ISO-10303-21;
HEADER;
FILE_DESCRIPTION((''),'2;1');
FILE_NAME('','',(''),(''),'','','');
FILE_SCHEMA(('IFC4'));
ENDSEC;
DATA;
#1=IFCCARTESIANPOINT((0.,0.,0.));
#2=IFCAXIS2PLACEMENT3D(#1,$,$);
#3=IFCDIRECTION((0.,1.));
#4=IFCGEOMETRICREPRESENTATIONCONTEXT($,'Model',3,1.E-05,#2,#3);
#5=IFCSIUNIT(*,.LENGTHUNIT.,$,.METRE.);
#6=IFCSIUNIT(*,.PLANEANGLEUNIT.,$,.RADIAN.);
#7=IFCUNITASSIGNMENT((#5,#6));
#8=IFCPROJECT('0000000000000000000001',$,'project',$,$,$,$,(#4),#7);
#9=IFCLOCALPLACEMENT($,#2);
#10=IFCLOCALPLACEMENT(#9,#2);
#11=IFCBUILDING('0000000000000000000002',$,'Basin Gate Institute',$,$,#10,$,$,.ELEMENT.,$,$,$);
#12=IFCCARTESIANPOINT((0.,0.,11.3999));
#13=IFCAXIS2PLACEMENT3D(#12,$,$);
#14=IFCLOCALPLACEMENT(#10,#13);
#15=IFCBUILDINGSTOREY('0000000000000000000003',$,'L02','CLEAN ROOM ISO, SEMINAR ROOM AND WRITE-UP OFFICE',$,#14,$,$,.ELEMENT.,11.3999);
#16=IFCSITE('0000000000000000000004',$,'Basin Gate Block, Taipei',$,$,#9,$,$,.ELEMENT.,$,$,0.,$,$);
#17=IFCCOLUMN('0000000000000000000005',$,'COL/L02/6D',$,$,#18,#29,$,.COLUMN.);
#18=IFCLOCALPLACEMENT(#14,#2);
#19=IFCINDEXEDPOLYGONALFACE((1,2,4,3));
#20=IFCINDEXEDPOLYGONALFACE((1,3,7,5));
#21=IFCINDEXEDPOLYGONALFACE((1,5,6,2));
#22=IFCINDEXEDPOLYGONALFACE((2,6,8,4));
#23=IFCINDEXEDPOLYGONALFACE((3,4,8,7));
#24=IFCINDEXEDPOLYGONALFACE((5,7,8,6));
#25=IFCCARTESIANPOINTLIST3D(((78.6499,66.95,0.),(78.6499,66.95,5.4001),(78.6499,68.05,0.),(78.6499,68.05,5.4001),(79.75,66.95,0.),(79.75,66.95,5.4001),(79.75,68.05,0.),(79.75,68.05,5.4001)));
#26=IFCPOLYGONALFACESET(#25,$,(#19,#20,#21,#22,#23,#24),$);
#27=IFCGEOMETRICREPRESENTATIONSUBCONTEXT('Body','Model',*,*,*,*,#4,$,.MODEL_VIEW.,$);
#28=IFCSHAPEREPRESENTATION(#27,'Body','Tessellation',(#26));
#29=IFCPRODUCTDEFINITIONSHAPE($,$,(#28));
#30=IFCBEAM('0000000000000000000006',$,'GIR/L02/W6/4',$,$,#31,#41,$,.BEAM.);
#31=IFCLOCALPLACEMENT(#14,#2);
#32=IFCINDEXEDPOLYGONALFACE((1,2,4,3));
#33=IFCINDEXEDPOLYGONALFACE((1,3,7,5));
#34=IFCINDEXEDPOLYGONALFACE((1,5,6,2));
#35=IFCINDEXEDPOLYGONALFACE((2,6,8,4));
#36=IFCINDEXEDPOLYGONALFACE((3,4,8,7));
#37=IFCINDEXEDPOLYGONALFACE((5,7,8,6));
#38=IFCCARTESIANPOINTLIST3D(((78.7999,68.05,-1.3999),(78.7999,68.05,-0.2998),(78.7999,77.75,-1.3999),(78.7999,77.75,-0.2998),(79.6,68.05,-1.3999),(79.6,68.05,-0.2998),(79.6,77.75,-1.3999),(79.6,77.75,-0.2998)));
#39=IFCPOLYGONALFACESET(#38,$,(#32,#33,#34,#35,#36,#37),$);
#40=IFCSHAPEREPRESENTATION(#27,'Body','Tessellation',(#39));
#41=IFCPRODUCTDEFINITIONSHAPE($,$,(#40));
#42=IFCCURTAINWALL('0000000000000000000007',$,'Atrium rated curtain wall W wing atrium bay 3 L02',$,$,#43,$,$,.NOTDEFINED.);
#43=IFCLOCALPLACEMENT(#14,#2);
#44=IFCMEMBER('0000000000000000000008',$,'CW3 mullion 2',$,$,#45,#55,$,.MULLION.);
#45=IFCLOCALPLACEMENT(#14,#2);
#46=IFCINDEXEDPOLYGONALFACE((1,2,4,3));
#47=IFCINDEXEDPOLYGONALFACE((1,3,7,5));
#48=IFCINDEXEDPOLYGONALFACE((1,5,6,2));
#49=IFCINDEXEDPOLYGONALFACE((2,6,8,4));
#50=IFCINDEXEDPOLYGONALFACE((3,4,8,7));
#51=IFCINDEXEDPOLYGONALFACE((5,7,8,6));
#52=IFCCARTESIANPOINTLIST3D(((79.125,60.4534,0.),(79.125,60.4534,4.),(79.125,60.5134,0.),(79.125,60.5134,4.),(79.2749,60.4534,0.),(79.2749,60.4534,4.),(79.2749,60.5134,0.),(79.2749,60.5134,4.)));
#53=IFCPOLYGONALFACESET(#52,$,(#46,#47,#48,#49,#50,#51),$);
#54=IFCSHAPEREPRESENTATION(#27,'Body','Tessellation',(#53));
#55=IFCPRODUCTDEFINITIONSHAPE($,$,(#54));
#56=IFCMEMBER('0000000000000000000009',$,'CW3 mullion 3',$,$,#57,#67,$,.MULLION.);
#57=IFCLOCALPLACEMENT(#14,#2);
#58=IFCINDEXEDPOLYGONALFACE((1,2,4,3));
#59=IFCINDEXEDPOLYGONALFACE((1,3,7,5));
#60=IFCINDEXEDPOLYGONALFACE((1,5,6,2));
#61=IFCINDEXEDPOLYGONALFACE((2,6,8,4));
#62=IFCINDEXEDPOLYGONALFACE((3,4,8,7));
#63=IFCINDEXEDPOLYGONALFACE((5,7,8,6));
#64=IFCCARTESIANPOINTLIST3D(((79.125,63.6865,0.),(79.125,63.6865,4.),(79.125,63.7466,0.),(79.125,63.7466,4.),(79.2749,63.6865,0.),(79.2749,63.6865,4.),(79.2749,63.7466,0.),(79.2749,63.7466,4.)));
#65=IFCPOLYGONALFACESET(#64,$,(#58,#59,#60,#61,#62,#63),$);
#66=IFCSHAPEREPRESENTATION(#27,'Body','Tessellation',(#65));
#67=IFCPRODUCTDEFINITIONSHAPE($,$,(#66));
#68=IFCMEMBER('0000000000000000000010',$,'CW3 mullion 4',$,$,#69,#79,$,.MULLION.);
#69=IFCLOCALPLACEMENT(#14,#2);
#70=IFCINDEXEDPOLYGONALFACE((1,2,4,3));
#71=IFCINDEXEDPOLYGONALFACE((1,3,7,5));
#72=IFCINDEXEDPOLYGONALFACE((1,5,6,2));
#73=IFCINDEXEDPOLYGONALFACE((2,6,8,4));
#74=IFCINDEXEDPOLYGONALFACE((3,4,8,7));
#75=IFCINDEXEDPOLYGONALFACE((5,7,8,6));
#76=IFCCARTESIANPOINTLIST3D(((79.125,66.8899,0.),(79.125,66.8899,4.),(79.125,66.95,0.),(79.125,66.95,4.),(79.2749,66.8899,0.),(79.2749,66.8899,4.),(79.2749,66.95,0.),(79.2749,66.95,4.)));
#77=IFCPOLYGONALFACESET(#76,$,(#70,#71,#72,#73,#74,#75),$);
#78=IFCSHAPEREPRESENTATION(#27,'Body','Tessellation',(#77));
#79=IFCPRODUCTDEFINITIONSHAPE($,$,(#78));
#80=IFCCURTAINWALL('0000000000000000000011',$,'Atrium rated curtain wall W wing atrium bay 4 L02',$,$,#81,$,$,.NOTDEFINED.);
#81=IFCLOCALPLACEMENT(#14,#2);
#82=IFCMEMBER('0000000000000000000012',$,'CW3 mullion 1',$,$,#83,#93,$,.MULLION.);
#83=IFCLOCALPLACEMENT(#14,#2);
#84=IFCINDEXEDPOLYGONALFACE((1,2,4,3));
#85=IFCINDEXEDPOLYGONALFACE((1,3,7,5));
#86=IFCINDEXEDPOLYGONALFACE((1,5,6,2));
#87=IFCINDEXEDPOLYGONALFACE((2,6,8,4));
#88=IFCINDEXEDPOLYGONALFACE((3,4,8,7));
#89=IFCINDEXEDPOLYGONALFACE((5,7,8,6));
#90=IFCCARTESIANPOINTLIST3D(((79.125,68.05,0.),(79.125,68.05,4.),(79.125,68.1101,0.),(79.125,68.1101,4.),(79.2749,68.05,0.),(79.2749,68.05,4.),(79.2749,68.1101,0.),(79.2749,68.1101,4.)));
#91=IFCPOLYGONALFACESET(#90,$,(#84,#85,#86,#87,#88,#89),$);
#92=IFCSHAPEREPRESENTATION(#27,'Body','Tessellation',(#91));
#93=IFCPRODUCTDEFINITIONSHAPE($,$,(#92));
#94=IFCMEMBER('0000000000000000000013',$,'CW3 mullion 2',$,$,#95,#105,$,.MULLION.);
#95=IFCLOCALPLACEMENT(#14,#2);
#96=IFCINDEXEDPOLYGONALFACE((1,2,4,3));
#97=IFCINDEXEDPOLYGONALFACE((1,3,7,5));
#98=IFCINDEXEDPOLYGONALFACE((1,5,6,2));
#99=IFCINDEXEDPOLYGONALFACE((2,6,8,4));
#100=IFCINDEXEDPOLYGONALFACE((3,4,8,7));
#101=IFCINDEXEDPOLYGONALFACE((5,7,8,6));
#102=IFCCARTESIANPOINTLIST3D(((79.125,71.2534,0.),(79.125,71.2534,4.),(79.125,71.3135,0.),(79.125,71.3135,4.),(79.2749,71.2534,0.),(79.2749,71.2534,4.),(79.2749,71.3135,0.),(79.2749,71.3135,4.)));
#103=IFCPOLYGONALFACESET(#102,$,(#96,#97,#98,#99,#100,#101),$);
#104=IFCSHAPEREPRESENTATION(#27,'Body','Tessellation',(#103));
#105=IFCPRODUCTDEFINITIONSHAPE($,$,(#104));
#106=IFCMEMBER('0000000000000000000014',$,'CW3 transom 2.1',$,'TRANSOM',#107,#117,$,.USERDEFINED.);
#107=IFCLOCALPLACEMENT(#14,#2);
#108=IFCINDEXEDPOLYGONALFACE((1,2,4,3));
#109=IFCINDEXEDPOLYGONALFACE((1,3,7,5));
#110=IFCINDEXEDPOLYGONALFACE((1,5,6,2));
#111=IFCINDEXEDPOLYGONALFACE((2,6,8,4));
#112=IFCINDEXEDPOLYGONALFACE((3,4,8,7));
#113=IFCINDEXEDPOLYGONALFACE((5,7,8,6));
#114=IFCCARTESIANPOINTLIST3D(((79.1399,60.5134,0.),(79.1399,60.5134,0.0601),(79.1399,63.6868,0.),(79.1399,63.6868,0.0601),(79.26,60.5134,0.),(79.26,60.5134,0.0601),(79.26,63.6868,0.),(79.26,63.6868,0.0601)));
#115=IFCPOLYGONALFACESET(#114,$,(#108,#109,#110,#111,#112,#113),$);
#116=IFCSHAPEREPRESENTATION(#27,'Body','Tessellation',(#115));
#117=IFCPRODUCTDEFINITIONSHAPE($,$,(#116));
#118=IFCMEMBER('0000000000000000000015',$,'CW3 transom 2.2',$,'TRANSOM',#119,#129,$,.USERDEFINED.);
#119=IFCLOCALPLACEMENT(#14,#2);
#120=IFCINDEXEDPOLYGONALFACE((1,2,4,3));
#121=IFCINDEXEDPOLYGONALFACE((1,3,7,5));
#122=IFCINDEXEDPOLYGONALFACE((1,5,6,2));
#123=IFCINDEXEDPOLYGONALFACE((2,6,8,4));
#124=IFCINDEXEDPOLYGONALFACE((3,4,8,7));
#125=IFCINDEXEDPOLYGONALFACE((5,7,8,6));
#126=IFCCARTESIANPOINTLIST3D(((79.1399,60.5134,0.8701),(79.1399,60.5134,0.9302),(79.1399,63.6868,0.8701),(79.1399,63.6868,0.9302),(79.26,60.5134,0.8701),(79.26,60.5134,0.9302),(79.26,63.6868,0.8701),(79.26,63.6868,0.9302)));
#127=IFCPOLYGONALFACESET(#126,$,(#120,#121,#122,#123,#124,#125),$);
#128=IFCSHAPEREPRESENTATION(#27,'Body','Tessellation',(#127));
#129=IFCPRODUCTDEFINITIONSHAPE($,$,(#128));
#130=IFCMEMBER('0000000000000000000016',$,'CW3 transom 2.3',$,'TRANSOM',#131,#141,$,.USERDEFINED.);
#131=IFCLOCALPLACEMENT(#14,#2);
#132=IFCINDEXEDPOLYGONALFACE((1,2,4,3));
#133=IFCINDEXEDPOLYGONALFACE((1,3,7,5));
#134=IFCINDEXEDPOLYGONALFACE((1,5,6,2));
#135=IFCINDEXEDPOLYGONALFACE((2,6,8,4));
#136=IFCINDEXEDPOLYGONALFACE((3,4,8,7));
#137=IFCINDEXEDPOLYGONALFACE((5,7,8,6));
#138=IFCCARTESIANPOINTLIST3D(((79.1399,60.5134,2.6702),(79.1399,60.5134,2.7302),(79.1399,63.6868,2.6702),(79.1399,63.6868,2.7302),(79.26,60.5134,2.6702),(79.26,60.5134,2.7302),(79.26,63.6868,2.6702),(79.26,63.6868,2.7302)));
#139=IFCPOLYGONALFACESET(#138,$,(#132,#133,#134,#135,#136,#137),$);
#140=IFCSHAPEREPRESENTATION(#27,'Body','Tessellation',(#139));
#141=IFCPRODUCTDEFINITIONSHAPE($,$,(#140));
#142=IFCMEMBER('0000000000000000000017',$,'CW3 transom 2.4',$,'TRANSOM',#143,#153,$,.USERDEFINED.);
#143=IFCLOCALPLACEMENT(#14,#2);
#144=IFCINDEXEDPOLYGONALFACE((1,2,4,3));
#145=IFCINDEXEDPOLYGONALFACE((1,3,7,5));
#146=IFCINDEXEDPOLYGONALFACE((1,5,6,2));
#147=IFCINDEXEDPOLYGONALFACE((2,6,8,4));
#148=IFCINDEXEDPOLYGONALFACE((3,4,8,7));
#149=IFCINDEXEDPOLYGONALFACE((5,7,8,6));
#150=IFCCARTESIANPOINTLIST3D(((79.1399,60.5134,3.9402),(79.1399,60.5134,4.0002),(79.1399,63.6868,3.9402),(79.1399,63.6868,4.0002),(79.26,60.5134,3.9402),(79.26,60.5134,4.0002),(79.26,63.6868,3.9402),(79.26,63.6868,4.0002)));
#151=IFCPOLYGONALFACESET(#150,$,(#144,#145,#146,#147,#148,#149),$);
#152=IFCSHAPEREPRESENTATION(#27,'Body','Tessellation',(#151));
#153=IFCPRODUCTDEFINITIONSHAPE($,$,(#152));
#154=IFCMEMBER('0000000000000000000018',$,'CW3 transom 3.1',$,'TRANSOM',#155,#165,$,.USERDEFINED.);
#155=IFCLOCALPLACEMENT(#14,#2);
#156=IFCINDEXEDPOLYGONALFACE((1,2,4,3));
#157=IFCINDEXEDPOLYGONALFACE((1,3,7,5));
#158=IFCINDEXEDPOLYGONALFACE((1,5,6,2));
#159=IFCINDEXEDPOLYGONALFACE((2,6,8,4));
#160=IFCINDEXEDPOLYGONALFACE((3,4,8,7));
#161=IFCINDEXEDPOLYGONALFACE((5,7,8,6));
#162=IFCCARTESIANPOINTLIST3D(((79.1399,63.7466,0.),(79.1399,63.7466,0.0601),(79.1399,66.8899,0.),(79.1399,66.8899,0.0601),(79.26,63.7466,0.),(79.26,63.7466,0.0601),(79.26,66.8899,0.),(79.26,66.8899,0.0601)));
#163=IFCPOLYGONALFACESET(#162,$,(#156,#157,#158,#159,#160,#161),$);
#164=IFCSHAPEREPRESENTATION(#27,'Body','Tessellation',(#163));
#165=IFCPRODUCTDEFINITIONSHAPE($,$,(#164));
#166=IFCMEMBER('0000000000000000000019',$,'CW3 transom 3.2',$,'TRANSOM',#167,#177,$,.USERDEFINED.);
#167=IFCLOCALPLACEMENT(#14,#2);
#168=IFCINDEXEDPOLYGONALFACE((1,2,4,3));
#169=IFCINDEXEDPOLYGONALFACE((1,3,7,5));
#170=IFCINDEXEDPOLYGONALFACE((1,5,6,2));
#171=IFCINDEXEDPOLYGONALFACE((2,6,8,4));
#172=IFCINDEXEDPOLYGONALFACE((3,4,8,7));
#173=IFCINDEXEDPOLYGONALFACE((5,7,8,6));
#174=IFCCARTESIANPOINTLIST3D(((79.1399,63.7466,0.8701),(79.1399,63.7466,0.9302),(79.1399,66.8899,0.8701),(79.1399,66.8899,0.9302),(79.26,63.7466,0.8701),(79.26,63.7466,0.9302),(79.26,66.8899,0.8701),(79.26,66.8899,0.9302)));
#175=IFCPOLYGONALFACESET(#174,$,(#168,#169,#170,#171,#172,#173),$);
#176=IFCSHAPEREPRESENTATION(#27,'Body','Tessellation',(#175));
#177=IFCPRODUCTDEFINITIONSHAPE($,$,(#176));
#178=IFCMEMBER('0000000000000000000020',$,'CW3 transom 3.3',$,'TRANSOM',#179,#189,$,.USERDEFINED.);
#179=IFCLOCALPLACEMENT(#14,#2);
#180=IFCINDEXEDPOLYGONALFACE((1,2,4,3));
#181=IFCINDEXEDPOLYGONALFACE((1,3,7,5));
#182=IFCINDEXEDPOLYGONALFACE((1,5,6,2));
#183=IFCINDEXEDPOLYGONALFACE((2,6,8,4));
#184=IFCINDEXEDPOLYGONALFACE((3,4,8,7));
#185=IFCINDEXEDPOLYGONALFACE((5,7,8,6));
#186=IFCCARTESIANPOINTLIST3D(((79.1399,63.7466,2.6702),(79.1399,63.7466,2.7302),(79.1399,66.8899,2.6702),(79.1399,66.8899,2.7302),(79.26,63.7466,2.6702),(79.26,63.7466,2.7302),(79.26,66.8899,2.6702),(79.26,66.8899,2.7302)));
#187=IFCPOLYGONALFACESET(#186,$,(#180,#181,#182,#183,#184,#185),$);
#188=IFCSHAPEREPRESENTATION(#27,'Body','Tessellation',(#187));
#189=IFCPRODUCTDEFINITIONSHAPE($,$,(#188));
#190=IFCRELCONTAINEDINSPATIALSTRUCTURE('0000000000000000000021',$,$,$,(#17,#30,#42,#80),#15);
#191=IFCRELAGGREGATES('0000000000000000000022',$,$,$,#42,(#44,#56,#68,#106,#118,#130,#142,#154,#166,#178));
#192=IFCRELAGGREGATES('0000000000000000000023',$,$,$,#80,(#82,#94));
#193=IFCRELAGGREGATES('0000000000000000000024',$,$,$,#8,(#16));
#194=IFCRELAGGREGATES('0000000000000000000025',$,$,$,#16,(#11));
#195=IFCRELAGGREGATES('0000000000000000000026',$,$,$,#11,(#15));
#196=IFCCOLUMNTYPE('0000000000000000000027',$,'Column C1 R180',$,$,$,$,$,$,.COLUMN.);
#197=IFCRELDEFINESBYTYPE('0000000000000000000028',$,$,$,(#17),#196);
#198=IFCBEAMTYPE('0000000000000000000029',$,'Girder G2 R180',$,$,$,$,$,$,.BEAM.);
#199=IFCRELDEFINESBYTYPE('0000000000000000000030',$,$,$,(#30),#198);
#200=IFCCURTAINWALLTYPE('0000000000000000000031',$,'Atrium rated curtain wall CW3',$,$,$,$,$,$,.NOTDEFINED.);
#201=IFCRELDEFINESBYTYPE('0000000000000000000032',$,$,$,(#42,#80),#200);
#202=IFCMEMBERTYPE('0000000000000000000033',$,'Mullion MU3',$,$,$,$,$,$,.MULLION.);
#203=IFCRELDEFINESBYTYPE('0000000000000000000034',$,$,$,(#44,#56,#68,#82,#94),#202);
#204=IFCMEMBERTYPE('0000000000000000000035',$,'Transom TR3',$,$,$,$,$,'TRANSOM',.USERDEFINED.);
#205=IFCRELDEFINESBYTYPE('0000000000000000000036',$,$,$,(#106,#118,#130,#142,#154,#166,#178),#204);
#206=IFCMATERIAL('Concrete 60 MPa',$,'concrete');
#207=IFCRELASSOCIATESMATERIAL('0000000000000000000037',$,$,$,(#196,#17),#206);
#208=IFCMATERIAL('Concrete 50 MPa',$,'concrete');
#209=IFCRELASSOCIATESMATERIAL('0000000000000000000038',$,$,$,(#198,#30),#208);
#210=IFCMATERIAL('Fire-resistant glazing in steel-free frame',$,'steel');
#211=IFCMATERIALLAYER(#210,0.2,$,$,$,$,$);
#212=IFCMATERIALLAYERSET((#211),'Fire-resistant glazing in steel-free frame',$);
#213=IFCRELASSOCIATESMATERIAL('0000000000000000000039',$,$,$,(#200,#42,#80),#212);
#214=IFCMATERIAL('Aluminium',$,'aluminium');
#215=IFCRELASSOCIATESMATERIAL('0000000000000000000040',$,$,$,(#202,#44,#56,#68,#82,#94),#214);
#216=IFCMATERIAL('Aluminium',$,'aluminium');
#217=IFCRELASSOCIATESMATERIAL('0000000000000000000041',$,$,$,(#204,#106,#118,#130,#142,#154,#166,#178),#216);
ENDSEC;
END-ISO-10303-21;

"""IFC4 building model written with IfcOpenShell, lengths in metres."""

from ifc_helpers import new_model, si_unit, direction, frame, origin, origin_2d, place, context, subcontext, project, spatial, rectangle, extrude, material, layer, layer_set, material_profile, profile_set, type_object, element, aggregate, save


model = new_model("IFC4")

# Units and contexts
model_context = context("Model", 3, precision=1e-05, world=origin(), true_north=direction((0.0, 1.0)))
body_context = subcontext(model_context, "Body", "Model", "MODEL_VIEW")
ifc_project = project(units=[si_unit("LENGTHUNIT", "METRE"), si_unit("PLANEANGLEUNIT", "RADIAN")], contexts=[model_context])

# Site, building, storey
site_placement = place(None, origin())
site = spatial("IfcSite", under=ifc_project, at=site_placement, Name="Basin Gate Block, Taipei", CompositionType="ELEMENT", RefElevation=0.0)
building_placement = place(site_placement, origin())
building = spatial("IfcBuilding", under=site, at=building_placement, Name="Basin Gate Institute", CompositionType="ELEMENT")
storey_placement = place(building_placement, frame((0.0, 0.0, 11.3999)))
storey = spatial("IfcBuildingStorey", under=building, at=storey_placement, Name="L02", Description="CLEAN ROOM ISO, SEMINAR ROOM AND WRITE-UP OFFICE", CompositionType="ELEMENT", Elevation=11.3999)

# Column
ifc_material_1 = material(Name="Concrete 60 MPa", Category="concrete")
ifc_material_profile_1 = material_profile(ifc_material_1, rectangle(XDim=1.1001, YDim=1.1001, at=origin_2d()), Name="Column C1 1100 x 1100")
ifc_profile_set_1 = profile_set([ifc_material_profile_1], Name="Concrete 60 MPa")
column_type = type_object("IfcColumnType", Name="Column C1 R180", PredefinedType="COLUMN", material=ifc_profile_set_1)
column_placement = place(storey_placement, frame((79.2, 67.5, 0.0), z_axis=(0.0, 0.0, 1.0), x_axis=(1.0, 0.0, 0.0)))
element("IfcColumn", 1, at=column_placement, inside=storey, type_object=column_type, material=ifc_profile_set_1, Name="COL/L02/6D", PredefinedType="COLUMN", context=body_context, shape_type="SweptSolid", body=[
    extrude(rectangle(XDim=1.1001, YDim=1.1001, at=origin_2d()), origin(), (0.0, 0.0, 1.0), 5.4001),
])

# Beam
ifc_material_2 = material(Name="Concrete 50 MPa", Category="concrete")
ifc_material_profile_2 = material_profile(ifc_material_2, rectangle(XDim=0.8, YDim=1.1001, at=origin_2d()), Name="Girder G2 800 x 1100")
ifc_profile_set_2 = profile_set([ifc_material_profile_2], Name="Concrete 50 MPa")
beam_type = type_object("IfcBeamType", Name="Girder G2 R180", PredefinedType="BEAM", material=ifc_profile_set_2)
beam_placement = place(storey_placement, frame((79.2, 68.05, -0.8499), z_axis=(0.0, 1.0, 0.0), x_axis=(-1.0, 0.0, 0.0)))
element("IfcBeam", 2, at=beam_placement, inside=storey, type_object=beam_type, material=ifc_profile_set_2, Name="GIR/L02/W6/4", PredefinedType="BEAM", context=body_context, shape_type="SweptSolid", body=[
    extrude(rectangle(XDim=0.8, YDim=1.1001, at=origin_2d()), origin(), (0.0, 0.0, 1.0), 9.7),
])

# Curtain walls, members
ifc_material_3 = material(Name="Fire-resistant glazing in steel-free frame", Category="steel")
ifc_layer_1 = layer(ifc_material_3, 0.2)
ifc_layer_set_1 = layer_set([ifc_layer_1], Name="Fire-resistant glazing in steel-free frame")
curtain_wall_type = type_object("IfcCurtainWallType", Name="Atrium rated curtain wall CW3", PredefinedType="NOTDEFINED", material=ifc_layer_set_1)
curtain_wall_1_placement = place(storey_placement, origin())
curtain_wall_1 = element("IfcCurtainWall", 3, at=curtain_wall_1_placement, inside=storey, type_object=curtain_wall_type, material=ifc_layer_set_1, Name="Atrium rated curtain wall W wing atrium bay 3 L02", PredefinedType="NOTDEFINED")
ifc_material_4 = material(Name="Aluminium", Category="aluminium")
ifc_material_profile_3 = material_profile(ifc_material_4, rectangle(XDim=0.1499, YDim=0.0601, at=origin_2d()), Name="Mullion MU3 150 x 60")
ifc_profile_set_3 = profile_set([ifc_material_profile_3], Name="Aluminium")
member_type_1 = type_object("IfcMemberType", Name="Mullion MU3", PredefinedType="MULLION", material=ifc_profile_set_3)
member_1_placement = place(storey_placement, frame((79.2, 60.4834, 0.0), z_axis=(0.0, 0.0, 1.0), x_axis=(-1.0, 0.0, 0.0)))
member_1 = element("IfcMember", 4, at=member_1_placement, type_object=member_type_1, material=ifc_profile_set_3, Name="CW3 mullion 2", PredefinedType="MULLION", context=body_context, shape_type="SweptSolid", body=[
    extrude(rectangle(XDim=0.1499, YDim=0.0601, at=origin_2d()), origin(), (0.0, 0.0, 1.0), 4.0),
])
member_2_placement = place(storey_placement, frame((79.2, 63.7166, 0.0), z_axis=(0.0, 0.0, 1.0), x_axis=(-1.0, 0.0, 0.0)))
member_2 = element("IfcMember", 5, at=member_2_placement, type_object=member_type_1, material=ifc_profile_set_3, Name="CW3 mullion 3", PredefinedType="MULLION", context=body_context, shape_type="SweptSolid", body=[
    extrude(rectangle(XDim=0.1499, YDim=0.0601, at=origin_2d()), origin(), (0.0, 0.0, 1.0), 4.0),
])
member_3_placement = place(storey_placement, frame((79.2, 66.9199, 0.0), z_axis=(0.0, 0.0, 1.0), x_axis=(-1.0, 0.0, 0.0)))
member_3 = element("IfcMember", 6, at=member_3_placement, type_object=member_type_1, material=ifc_profile_set_3, Name="CW3 mullion 4", PredefinedType="MULLION", context=body_context, shape_type="SweptSolid", body=[
    extrude(rectangle(XDim=0.1499, YDim=0.0601, at=origin_2d()), origin(), (0.0, 0.0, 1.0), 4.0),
])
curtain_wall_2_placement = place(storey_placement, origin())
curtain_wall_2 = element("IfcCurtainWall", 7, at=curtain_wall_2_placement, inside=storey, type_object=curtain_wall_type, material=ifc_layer_set_1, Name="Atrium rated curtain wall W wing atrium bay 4 L02", PredefinedType="NOTDEFINED")
member_4_placement = place(storey_placement, frame((79.2, 68.0801, 0.0), z_axis=(0.0, 0.0, 1.0), x_axis=(-1.0, 0.0, 0.0)))
member_4 = element("IfcMember", 8, at=member_4_placement, type_object=member_type_1, material=ifc_profile_set_3, Name="CW3 mullion 1", PredefinedType="MULLION", context=body_context, shape_type="SweptSolid", body=[
    extrude(rectangle(XDim=0.1499, YDim=0.0601, at=origin_2d()), origin(), (0.0, 0.0, 1.0), 4.0),
])
member_5_placement = place(storey_placement, frame((79.2, 71.2834, 0.0), z_axis=(0.0, 0.0, 1.0), x_axis=(-1.0, 0.0, 0.0)))
member_5 = element("IfcMember", 9, at=member_5_placement, type_object=member_type_1, material=ifc_profile_set_3, Name="CW3 mullion 2", PredefinedType="MULLION", context=body_context, shape_type="SweptSolid", body=[
    extrude(rectangle(XDim=0.1499, YDim=0.0601, at=origin_2d()), origin(), (0.0, 0.0, 1.0), 4.0),
])

# Members
ifc_material_5 = material(Name="Aluminium", Category="aluminium")
ifc_material_profile_4 = material_profile(ifc_material_5, rectangle(XDim=0.1201, YDim=0.0601, at=origin_2d()), Name="Transom TR3 120 x 60")
ifc_profile_set_4 = profile_set([ifc_material_profile_4], Name="Aluminium")
member_type_2 = type_object("IfcMemberType", Name="Transom TR3", ElementType="TRANSOM", PredefinedType="USERDEFINED", material=ifc_profile_set_4)
member_6_placement = place(storey_placement, frame((79.2, 60.5134, 0.03), z_axis=(0.0, 1.0, 0.0), x_axis=(-1.0, 0.0, 0.0)))
member_6 = element("IfcMember", 10, at=member_6_placement, type_object=member_type_2, material=ifc_profile_set_4, Name="CW3 transom 2.1", ObjectType="TRANSOM", PredefinedType="USERDEFINED", context=body_context, shape_type="SweptSolid", body=[
    extrude(rectangle(XDim=0.1201, YDim=0.0601, at=origin_2d()), origin(), (0.0, 0.0, 1.0), 3.1733),
])
member_7_placement = place(storey_placement, frame((79.2, 60.5134, 0.9001), z_axis=(0.0, 1.0, 0.0), x_axis=(-1.0, 0.0, 0.0)))
member_7 = element("IfcMember", 11, at=member_7_placement, type_object=member_type_2, material=ifc_profile_set_4, Name="CW3 transom 2.2", ObjectType="TRANSOM", PredefinedType="USERDEFINED", context=body_context, shape_type="SweptSolid", body=[
    extrude(rectangle(XDim=0.1201, YDim=0.0601, at=origin_2d()), origin(), (0.0, 0.0, 1.0), 3.1733),
])
member_8_placement = place(storey_placement, frame((79.2, 60.5134, 2.7002), z_axis=(0.0, 1.0, 0.0), x_axis=(-1.0, 0.0, 0.0)))
member_8 = element("IfcMember", 12, at=member_8_placement, type_object=member_type_2, material=ifc_profile_set_4, Name="CW3 transom 2.3", ObjectType="TRANSOM", PredefinedType="USERDEFINED", context=body_context, shape_type="SweptSolid", body=[
    extrude(rectangle(XDim=0.1201, YDim=0.0601, at=origin_2d()), origin(), (0.0, 0.0, 1.0), 3.1733),
])
member_9_placement = place(storey_placement, frame((79.2, 60.5134, 3.9702), z_axis=(0.0, 1.0, 0.0), x_axis=(-1.0, 0.0, 0.0)))
member_9 = element("IfcMember", 13, at=member_9_placement, type_object=member_type_2, material=ifc_profile_set_4, Name="CW3 transom 2.4", ObjectType="TRANSOM", PredefinedType="USERDEFINED", context=body_context, shape_type="SweptSolid", body=[
    extrude(rectangle(XDim=0.1201, YDim=0.0601, at=origin_2d()), origin(), (0.0, 0.0, 1.0), 3.1733),
])
member_10_placement = place(storey_placement, frame((79.2, 63.7466, 0.03), z_axis=(0.0, 1.0, 0.0), x_axis=(-1.0, 0.0, 0.0)))
member_10 = element("IfcMember", 14, at=member_10_placement, type_object=member_type_2, material=ifc_profile_set_4, Name="CW3 transom 3.1", ObjectType="TRANSOM", PredefinedType="USERDEFINED", context=body_context, shape_type="SweptSolid", body=[
    extrude(rectangle(XDim=0.1201, YDim=0.0601, at=origin_2d()), origin(), (0.0, 0.0, 1.0), 3.1433),
])
member_11_placement = place(storey_placement, frame((79.2, 63.7466, 0.9001), z_axis=(0.0, 1.0, 0.0), x_axis=(-1.0, 0.0, 0.0)))
member_11 = element("IfcMember", 15, at=member_11_placement, type_object=member_type_2, material=ifc_profile_set_4, Name="CW3 transom 3.2", ObjectType="TRANSOM", PredefinedType="USERDEFINED", context=body_context, shape_type="SweptSolid", body=[
    extrude(rectangle(XDim=0.1201, YDim=0.0601, at=origin_2d()), origin(), (0.0, 0.0, 1.0), 3.1433),
])
member_12_placement = place(storey_placement, frame((79.2, 63.7466, 2.7002), z_axis=(0.0, 1.0, 0.0), x_axis=(-1.0, 0.0, 0.0)))
member_12 = element("IfcMember", 16, at=member_12_placement, type_object=member_type_2, material=ifc_profile_set_4, Name="CW3 transom 3.3", ObjectType="TRANSOM", PredefinedType="USERDEFINED", context=body_context, shape_type="SweptSolid", body=[
    extrude(rectangle(XDim=0.1201, YDim=0.0601, at=origin_2d()), origin(), (0.0, 0.0, 1.0), 3.1433),
])

aggregate(curtain_wall_1, [member_1, member_2, member_3, member_6, member_7, member_8, member_9, member_10, member_11, member_12])
aggregate(curtain_wall_2, [member_4, member_5])

save(model, "model.ifc")
